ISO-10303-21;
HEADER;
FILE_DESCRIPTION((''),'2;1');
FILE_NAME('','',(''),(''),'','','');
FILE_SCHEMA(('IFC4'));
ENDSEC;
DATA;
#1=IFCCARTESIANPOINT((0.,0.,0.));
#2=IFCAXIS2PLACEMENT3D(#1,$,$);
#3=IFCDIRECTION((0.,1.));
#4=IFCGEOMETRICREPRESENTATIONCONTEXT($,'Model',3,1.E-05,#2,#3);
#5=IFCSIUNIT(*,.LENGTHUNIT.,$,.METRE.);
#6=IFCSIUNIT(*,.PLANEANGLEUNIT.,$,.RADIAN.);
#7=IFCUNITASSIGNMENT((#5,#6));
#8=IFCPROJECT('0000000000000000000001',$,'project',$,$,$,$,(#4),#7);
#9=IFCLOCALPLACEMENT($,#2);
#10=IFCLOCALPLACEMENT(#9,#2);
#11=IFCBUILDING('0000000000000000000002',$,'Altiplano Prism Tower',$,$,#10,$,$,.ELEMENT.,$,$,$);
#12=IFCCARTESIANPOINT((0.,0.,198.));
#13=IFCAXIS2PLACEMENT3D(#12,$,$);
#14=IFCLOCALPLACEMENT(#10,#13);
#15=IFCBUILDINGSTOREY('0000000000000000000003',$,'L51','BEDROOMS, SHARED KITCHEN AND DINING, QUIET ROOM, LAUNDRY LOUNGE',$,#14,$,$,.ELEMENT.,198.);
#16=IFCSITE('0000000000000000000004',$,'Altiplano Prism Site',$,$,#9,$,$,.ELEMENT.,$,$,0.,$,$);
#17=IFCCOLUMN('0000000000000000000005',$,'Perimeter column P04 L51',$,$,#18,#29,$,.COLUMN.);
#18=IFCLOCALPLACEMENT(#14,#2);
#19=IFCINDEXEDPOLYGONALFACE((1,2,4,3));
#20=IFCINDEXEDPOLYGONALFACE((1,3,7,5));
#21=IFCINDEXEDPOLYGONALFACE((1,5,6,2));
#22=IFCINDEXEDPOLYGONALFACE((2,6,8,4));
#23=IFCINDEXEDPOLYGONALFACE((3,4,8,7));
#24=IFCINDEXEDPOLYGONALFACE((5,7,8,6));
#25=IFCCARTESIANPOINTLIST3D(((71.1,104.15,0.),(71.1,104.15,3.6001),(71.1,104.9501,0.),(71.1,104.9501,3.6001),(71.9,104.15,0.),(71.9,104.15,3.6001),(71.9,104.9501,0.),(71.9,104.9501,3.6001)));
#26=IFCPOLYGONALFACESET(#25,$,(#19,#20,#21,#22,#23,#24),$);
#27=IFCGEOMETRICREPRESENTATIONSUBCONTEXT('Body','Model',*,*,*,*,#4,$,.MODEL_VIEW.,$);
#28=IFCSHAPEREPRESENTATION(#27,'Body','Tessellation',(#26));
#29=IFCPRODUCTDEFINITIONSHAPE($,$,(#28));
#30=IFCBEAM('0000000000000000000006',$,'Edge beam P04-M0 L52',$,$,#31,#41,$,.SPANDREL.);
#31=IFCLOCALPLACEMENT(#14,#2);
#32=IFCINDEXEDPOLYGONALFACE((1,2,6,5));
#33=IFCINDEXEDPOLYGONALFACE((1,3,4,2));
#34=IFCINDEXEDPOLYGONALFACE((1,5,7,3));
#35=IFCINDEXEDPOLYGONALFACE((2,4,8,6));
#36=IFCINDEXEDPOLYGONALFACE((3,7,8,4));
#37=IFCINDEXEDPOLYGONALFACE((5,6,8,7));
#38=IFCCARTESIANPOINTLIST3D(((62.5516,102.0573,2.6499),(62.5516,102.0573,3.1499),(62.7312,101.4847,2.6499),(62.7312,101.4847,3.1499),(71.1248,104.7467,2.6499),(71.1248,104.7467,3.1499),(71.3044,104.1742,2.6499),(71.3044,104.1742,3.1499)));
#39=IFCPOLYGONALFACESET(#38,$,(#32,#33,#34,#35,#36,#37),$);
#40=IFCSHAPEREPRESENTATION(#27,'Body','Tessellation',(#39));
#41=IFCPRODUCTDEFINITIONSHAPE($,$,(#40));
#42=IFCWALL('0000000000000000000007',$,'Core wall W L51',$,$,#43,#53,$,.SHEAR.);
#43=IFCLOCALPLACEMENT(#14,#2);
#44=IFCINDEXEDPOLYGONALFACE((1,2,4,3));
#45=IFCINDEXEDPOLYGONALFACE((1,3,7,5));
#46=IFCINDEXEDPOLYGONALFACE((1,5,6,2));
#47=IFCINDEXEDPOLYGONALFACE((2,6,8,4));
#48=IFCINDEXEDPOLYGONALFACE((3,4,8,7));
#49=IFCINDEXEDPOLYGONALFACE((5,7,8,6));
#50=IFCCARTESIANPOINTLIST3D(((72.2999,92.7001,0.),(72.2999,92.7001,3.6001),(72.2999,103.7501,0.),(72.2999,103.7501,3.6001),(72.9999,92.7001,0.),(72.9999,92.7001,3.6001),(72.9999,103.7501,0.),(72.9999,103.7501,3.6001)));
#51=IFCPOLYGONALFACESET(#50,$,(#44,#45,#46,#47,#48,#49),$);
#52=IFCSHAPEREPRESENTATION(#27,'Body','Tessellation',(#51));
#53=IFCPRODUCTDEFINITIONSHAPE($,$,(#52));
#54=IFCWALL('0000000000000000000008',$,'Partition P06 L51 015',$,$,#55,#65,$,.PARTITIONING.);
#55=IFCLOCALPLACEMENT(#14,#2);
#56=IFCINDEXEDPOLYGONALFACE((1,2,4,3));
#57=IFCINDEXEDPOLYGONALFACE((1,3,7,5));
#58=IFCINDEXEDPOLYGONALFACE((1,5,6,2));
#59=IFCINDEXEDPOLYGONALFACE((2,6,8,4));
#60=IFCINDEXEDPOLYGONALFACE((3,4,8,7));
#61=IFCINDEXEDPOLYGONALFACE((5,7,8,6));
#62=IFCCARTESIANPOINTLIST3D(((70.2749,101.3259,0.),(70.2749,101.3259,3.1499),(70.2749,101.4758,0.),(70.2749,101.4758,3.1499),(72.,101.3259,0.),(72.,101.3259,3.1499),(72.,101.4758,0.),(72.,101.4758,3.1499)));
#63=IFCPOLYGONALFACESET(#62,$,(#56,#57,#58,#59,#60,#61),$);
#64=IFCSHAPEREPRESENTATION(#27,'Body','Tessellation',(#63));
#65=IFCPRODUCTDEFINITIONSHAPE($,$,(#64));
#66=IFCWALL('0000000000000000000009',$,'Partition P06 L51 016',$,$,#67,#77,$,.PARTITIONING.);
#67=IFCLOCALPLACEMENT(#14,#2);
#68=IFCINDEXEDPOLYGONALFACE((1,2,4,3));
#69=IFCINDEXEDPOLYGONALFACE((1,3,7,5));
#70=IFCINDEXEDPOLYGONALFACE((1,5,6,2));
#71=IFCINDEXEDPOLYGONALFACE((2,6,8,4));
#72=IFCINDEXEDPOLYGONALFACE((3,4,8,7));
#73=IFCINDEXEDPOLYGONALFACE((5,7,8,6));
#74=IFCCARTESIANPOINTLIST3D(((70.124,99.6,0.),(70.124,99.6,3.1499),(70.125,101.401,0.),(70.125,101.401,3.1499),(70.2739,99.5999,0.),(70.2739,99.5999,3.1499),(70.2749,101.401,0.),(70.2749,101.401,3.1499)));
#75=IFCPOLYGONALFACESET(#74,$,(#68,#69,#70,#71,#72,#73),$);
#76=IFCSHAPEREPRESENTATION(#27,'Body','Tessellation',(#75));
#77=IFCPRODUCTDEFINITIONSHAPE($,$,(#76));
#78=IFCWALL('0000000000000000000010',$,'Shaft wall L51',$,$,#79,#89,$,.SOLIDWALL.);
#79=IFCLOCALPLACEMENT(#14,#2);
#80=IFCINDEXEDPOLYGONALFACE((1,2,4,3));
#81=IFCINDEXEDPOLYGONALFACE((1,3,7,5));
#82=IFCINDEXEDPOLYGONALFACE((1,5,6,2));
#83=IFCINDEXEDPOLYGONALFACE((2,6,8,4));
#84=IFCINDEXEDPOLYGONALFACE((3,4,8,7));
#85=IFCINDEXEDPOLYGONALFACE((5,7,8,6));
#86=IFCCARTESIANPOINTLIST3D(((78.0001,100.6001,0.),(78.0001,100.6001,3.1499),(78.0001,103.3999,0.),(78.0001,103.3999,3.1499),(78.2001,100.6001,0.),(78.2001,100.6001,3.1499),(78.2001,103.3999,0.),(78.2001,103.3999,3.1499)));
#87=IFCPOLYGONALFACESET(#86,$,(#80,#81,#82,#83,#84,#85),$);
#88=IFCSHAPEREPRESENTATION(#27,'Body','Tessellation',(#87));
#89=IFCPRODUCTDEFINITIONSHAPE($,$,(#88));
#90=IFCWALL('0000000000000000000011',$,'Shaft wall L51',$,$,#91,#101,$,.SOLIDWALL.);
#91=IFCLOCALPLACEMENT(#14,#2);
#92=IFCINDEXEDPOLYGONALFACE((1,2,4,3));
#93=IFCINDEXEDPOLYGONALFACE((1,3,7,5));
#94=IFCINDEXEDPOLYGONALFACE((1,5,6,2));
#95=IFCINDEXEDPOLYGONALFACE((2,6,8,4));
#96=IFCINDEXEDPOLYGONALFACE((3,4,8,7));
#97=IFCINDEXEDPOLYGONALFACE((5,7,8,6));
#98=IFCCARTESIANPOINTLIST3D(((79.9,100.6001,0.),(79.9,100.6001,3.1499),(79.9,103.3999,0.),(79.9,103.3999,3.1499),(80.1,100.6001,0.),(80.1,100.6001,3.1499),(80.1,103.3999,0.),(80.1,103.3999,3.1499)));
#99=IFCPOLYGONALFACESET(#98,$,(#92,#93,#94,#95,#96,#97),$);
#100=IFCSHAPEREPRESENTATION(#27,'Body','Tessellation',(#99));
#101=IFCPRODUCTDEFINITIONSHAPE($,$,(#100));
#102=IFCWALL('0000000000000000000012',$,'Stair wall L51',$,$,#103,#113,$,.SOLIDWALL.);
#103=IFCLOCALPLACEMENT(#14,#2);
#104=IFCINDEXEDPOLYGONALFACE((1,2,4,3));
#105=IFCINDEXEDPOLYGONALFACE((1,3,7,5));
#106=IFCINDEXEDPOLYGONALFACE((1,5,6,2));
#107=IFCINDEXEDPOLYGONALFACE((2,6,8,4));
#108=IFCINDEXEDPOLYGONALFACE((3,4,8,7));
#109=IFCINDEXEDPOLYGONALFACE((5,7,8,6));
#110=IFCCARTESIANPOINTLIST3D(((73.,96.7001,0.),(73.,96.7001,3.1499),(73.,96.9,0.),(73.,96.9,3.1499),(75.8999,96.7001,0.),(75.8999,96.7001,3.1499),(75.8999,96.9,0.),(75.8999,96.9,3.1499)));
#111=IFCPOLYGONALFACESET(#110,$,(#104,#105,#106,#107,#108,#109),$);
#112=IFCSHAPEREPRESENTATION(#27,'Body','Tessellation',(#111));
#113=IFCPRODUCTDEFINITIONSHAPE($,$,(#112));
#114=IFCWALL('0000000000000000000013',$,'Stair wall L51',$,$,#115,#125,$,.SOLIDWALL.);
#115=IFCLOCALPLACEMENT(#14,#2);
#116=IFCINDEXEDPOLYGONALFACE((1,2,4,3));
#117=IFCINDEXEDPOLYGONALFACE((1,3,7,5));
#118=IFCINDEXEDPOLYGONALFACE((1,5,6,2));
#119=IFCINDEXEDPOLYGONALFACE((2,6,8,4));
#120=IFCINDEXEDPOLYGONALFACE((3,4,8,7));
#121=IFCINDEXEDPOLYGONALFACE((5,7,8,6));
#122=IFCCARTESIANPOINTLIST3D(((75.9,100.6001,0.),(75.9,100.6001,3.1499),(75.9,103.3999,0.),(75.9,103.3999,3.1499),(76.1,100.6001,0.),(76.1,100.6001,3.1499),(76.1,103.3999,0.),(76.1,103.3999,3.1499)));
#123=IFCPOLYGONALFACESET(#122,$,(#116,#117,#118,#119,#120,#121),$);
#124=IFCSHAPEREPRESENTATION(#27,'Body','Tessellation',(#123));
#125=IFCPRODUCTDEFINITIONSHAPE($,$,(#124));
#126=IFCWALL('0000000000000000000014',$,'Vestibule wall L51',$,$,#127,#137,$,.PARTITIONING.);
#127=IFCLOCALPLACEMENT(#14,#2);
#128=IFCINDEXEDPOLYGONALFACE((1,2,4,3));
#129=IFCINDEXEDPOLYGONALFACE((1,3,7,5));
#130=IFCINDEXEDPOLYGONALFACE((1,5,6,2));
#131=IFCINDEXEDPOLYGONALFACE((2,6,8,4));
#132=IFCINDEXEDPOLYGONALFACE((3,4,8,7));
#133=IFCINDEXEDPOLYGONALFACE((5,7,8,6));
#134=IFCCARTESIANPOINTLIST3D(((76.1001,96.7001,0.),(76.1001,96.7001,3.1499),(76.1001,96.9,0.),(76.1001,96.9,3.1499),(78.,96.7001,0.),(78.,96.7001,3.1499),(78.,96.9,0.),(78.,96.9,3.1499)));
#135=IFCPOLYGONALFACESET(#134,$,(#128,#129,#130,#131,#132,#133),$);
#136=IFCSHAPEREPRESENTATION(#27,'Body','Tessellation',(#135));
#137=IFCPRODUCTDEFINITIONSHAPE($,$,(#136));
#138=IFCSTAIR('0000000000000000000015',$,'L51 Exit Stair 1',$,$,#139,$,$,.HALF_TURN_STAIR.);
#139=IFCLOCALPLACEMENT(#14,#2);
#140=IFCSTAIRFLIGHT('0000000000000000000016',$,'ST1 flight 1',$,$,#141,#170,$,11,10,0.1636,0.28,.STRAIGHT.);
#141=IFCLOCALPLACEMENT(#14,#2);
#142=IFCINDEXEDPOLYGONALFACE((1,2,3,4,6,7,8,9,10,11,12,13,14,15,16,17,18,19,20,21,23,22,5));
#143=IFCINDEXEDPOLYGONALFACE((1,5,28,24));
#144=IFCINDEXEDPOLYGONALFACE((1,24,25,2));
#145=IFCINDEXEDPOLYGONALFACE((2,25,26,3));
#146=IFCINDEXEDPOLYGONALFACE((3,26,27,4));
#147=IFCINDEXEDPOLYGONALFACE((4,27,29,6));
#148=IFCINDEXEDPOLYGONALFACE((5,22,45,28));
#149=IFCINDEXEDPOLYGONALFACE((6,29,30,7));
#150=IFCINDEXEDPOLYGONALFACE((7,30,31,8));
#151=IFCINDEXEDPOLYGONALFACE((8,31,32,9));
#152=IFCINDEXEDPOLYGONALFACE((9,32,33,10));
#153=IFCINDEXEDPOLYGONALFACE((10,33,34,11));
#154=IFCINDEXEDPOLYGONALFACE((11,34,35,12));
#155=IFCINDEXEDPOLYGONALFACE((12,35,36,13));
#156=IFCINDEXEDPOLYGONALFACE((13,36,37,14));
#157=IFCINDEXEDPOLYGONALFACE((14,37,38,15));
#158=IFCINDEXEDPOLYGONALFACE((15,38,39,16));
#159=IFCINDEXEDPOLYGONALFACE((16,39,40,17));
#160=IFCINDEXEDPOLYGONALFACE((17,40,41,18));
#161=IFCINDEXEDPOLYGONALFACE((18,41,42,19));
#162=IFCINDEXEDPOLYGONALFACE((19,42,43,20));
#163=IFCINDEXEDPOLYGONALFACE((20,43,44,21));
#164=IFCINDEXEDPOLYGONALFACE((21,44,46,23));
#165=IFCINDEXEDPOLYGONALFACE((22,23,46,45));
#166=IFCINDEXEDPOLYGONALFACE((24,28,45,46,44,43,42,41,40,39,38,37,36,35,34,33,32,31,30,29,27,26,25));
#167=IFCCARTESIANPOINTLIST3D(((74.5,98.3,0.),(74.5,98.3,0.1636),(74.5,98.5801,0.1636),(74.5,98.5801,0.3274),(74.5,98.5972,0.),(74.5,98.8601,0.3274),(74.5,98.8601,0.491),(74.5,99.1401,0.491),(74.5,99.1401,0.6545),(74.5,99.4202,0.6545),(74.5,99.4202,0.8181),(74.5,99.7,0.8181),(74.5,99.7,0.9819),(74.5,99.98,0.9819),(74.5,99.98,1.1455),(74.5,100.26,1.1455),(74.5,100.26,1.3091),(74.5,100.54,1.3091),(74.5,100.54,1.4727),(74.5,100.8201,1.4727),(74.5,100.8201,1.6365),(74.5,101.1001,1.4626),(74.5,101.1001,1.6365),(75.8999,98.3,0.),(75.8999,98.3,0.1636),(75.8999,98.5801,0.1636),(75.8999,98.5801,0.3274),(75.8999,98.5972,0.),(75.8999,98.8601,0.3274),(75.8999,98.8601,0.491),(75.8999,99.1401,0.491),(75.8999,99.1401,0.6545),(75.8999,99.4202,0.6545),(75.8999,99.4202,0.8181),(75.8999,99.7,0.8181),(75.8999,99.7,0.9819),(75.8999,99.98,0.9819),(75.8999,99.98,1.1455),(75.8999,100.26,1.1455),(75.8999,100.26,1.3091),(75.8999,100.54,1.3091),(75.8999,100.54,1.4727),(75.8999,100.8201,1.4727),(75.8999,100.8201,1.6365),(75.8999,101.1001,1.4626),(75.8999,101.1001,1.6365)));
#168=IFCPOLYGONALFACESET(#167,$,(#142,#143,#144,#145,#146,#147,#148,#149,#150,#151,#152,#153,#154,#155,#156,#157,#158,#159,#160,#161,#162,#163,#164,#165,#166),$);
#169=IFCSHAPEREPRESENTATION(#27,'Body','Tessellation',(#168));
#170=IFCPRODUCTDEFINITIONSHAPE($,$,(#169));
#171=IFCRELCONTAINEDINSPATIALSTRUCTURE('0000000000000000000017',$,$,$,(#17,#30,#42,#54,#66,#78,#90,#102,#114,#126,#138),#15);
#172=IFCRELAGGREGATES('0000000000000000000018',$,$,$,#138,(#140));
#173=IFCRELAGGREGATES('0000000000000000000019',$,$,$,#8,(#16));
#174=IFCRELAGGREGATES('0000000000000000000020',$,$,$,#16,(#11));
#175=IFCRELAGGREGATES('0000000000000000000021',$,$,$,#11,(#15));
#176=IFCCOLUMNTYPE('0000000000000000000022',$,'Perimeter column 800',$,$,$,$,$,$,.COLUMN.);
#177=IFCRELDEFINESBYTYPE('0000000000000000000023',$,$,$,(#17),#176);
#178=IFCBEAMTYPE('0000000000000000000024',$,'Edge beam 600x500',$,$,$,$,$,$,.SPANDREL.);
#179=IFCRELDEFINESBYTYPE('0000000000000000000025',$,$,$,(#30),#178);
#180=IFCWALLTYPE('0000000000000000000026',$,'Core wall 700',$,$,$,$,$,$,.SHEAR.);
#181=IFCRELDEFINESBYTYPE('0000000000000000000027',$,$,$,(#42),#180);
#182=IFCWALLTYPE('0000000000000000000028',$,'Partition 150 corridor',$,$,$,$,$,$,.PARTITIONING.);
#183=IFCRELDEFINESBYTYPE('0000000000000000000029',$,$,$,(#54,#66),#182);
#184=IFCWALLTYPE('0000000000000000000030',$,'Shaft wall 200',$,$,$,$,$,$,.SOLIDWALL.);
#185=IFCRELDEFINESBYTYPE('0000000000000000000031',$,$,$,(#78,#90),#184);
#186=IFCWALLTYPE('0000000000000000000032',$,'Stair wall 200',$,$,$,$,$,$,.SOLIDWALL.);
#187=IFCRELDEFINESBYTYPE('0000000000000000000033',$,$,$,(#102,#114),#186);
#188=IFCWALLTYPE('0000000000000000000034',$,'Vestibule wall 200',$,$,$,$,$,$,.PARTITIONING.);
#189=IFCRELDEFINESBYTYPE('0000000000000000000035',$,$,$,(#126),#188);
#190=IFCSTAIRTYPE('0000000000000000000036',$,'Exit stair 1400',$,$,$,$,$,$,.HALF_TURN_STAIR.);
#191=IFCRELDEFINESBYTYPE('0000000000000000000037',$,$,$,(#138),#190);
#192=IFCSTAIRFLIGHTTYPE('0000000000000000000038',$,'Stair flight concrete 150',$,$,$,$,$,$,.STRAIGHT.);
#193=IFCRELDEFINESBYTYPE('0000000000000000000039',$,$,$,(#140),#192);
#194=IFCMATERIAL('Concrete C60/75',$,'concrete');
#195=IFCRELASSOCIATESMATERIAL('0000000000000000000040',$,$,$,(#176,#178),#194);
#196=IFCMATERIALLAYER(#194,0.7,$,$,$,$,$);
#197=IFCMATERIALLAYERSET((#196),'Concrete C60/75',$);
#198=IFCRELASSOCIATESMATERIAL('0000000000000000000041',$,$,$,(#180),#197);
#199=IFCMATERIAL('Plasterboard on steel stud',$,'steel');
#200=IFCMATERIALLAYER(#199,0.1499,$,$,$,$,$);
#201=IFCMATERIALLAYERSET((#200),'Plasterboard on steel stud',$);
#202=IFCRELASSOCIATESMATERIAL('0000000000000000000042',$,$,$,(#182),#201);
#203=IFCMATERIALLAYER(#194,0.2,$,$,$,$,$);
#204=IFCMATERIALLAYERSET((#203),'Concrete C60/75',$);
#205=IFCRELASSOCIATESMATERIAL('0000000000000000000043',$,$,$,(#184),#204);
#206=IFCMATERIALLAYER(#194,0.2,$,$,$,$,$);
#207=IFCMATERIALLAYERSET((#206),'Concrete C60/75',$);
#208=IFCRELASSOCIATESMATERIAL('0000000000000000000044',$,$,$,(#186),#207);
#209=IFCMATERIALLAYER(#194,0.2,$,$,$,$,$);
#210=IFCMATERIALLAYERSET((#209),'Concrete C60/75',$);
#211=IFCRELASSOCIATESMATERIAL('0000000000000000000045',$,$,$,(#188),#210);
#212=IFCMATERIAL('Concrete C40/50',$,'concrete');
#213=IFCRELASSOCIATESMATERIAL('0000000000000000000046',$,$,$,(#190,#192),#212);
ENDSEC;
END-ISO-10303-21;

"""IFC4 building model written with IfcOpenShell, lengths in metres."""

from ifc_helpers import new_model, si_unit, direction, frame, frame_2d, origin, origin_2d, place, context, subcontext, project, spatial, polyline, rectangle, outline, extrude, material, layer, layer_set, material_profile, profile_set, type_object, element, aggregate, save


model = new_model("IFC4")

# Units and contexts
model_context = context("Model", 3, precision=1e-05, world=origin(), true_north=direction((0.0, 1.0)))
body_context = subcontext(model_context, "Body", "Model", "MODEL_VIEW")
ifc_project = project(units=[si_unit("LENGTHUNIT", "METRE"), si_unit("PLANEANGLEUNIT", "RADIAN")], contexts=[model_context])

# Site, building, storey
site_placement = place(None, origin())
site = spatial("IfcSite", under=ifc_project, at=site_placement, Name="Altiplano Prism Site", CompositionType="ELEMENT", RefElevation=0.0)
building_placement = place(site_placement, origin())
building = spatial("IfcBuilding", under=site, at=building_placement, Name="Altiplano Prism Tower", CompositionType="ELEMENT")
storey_placement = place(building_placement, frame((0.0, 0.0, 198.0)))
storey = spatial("IfcBuildingStorey", under=building, at=storey_placement, Name="L51", Description="BEDROOMS, SHARED KITCHEN AND DINING, QUIET ROOM, LAUNDRY LOUNGE", CompositionType="ELEMENT", Elevation=198.0)

# Column
ifc_material_1 = material(Name="Concrete C60/75", Category="concrete")
ifc_material_profile_1 = material_profile(ifc_material_1, rectangle(XDim=0.8, YDim=0.8, at=origin_2d()), Name="Perimeter column 800")
ifc_profile_set_1 = profile_set([ifc_material_profile_1], Name="Concrete C60/75")
column_type = type_object("IfcColumnType", Name="Perimeter column 800", PredefinedType="COLUMN", material=ifc_profile_set_1)
column_placement = place(storey_placement, frame((71.5, 104.55, 0.0), z_axis=(0.0, 0.0, 1.0), x_axis=(1.0, 0.0, 0.0)))
element("IfcColumn", 1, at=column_placement, inside=storey, type_object=column_type, Name="Perimeter column P04 L51", PredefinedType="COLUMN", context=body_context, shape_type="SweptSolid", body=[
    extrude(rectangle(XDim=0.8, YDim=0.8, at=origin_2d()), origin(), (0.0, 0.0, 1.0), 3.6001),
])

# Beam
ifc_material_profile_2 = material_profile(ifc_material_1, rectangle(XDim=0.6001, YDim=0.5, at=origin_2d()), Name="Edge beam 600x500")
ifc_profile_set_2 = profile_set([ifc_material_profile_2], Name="Concrete C60/75")
beam_type = type_object("IfcBeamType", Name="Edge beam 600x500", PredefinedType="SPANDREL", material=ifc_profile_set_2)
beam_placement = place(storey_placement, frame((71.2146, 104.4604, 2.8999), z_axis=(-0.954153, -0.299321, 0.0), x_axis=(0.299321, -0.954153, 0.0)))
element("IfcBeam", 2, at=beam_placement, inside=storey, type_object=beam_type, Name="Edge beam P04-M0 L52", PredefinedType="SPANDREL", context=body_context, shape_type="SweptSolid", body=[
    extrude(rectangle(XDim=0.6001, YDim=0.5, at=origin_2d()), origin(), (0.0, 0.0, 1.0), 8.9851),
])

# Walls
ifc_layer_1 = layer(ifc_material_1, 0.7)
ifc_layer_set_1 = layer_set([ifc_layer_1], Name="Concrete C60/75")
wall_type_1 = type_object("IfcWallType", Name="Core wall 700", PredefinedType="SHEAR", material=ifc_layer_set_1)
wall_1_placement = place(storey_placement, frame((72.6499, 103.75, 0.0), z_axis=(0.0, 0.0, 1.0), x_axis=(0.0, -1.0, 0.0)))
element("IfcWall", 3, at=wall_1_placement, inside=storey, type_object=wall_type_1, Name="Core wall W L51", PredefinedType="SHEAR", context=body_context, shape_type="SweptSolid", body=[
    extrude(rectangle(XDim=11.05, YDim=0.7, at=frame_2d((5.5249, 0.0))), origin(), (0.0, 0.0, 1.0), 3.6001),
])
ifc_material_2 = material(Name="Plasterboard on steel stud", Category="steel")
ifc_layer_2 = layer(ifc_material_2, 0.1499)
ifc_layer_set_2 = layer_set([ifc_layer_2], Name="Plasterboard on steel stud")
wall_type_2 = type_object("IfcWallType", Name="Partition 150 corridor", PredefinedType="PARTITIONING", material=ifc_layer_set_2)
wall_2_placement = place(storey_placement, frame((72.0, 101.4009, 0.0), z_axis=(0.0, 0.0, 1.0), x_axis=(-1.0, 0.0, 0.0)))
element("IfcWall", 4, at=wall_2_placement, inside=storey, type_object=wall_type_2, Name="Partition P06 L51 015", PredefinedType="PARTITIONING", context=body_context, shape_type="SweptSolid", body=[
    extrude(rectangle(XDim=1.7251, YDim=0.1499, at=frame_2d((0.8625, 0.0))), origin(), (0.0, 0.0, 1.0), 3.1499),
])
wall_3_placement = place(storey_placement, frame((70.2, 101.4009, 0.0), z_axis=(0.0, 0.0, 1.0), x_axis=(-0.000542, -1.0, 0.0)))
element("IfcWall", 5, at=wall_3_placement, inside=storey, type_object=wall_type_2, Name="Partition P06 L51 016", PredefinedType="PARTITIONING", context=body_context, shape_type="SweptSolid", body=[
    extrude(rectangle(XDim=1.801, YDim=0.1499, at=frame_2d((0.9004, 0.0))), origin(), (0.0, 0.0, 1.0), 3.1499),
])
ifc_layer_3 = layer(ifc_material_1, 0.2)
ifc_layer_set_3 = layer_set([ifc_layer_3], Name="Concrete C60/75")
wall_type_3 = type_object("IfcWallType", Name="Shaft wall 200", PredefinedType="SOLIDWALL", material=ifc_layer_set_3)
for number, where, z_axis, x_axis, name in (
    (6, (78.1001, 100.6001, 0.0), (0.0, 0.0, 1.0), (0.0, 1.0, 0.0), "Shaft wall L51"),
    (7, (80.0, 100.6001, 0.0), (0.0, 0.0, 1.0), (0.0, 1.0, 0.0), "Shaft wall L51"),
):
    element("IfcWall", number, at=place(storey_placement, frame(where, z_axis=z_axis, x_axis=x_axis)), inside=storey, type_object=wall_type_3, Name=name, PredefinedType="SOLIDWALL", context=body_context, shape_type="SweptSolid", body=[
        extrude(rectangle(XDim=2.7998, YDim=0.2, at=frame_2d((1.3999, 0.0))), origin(), (0.0, 0.0, 1.0), 3.1499),
    ])
ifc_layer_4 = layer(ifc_material_1, 0.2)
ifc_layer_set_4 = layer_set([ifc_layer_4], Name="Concrete C60/75")
wall_type_4 = type_object("IfcWallType", Name="Stair wall 200", PredefinedType="SOLIDWALL", material=ifc_layer_set_4)
wall_4_placement = place(storey_placement, frame((73.0, 96.8, 0.0), z_axis=(0.0, 0.0, 1.0), x_axis=(1.0, 0.0, 0.0)))
element("IfcWall", 8, at=wall_4_placement, inside=storey, type_object=wall_type_4, Name="Stair wall L51", PredefinedType="SOLIDWALL", context=body_context, shape_type="SweptSolid", body=[
    extrude(rectangle(XDim=2.8999, YDim=0.2, at=frame_2d((1.45, 0.0))), origin(), (0.0, 0.0, 1.0), 3.1499),
])

# Walls
wall_5_placement = place(storey_placement, frame((76.0, 100.6001, 0.0), z_axis=(0.0, 0.0, 1.0), x_axis=(0.0, 1.0, 0.0)))
element("IfcWall", 9, at=wall_5_placement, inside=storey, type_object=wall_type_4, Name="Stair wall L51", PredefinedType="SOLIDWALL", context=body_context, shape_type="SweptSolid", body=[
    extrude(rectangle(XDim=2.7998, YDim=0.2, at=frame_2d((1.3999, 0.0))), origin(), (0.0, 0.0, 1.0), 3.1499),
])
ifc_layer_5 = layer(ifc_material_1, 0.2)
ifc_layer_set_5 = layer_set([ifc_layer_5], Name="Concrete C60/75")
wall_type_5 = type_object("IfcWallType", Name="Vestibule wall 200", PredefinedType="PARTITIONING", material=ifc_layer_set_5)
wall_6_placement = place(storey_placement, frame((76.1001, 96.8, 0.0), z_axis=(0.0, 0.0, 1.0), x_axis=(1.0, 0.0, 0.0)))
element("IfcWall", 10, at=wall_6_placement, inside=storey, type_object=wall_type_5, Name="Vestibule wall L51", PredefinedType="PARTITIONING", context=body_context, shape_type="SweptSolid", body=[
    extrude(rectangle(XDim=1.8999, YDim=0.2, at=frame_2d((0.95, 0.0))), origin(), (0.0, 0.0, 1.0), 3.1499),
])

# Stair, stair flight
ifc_material_3 = material(Name="Concrete C40/50", Category="concrete")
stair_type = type_object("IfcStairType", Name="Exit stair 1400", PredefinedType="HALF_TURN_STAIR", material=ifc_material_3)
stair_placement = place(storey_placement, origin())
stair = element("IfcStair", 11, at=stair_placement, inside=storey, type_object=stair_type, Name="L51 Exit Stair 1", PredefinedType="HALF_TURN_STAIR")
stair_flight_type = type_object("IfcStairFlightType", Name="Stair flight concrete 150", PredefinedType="STRAIGHT", material=ifc_material_3)
stair_flight_1_placement = place(storey_placement, frame((75.2, 98.3, 0.0), z_axis=(0.0, 0.0, 1.0), x_axis=(0.0, 1.0, 0.0)))
stair_flight_1 = element("IfcStairFlight", 12, at=stair_flight_1_placement, type_object=stair_flight_type, Name="ST1 flight 1", NumberOfRisers=11, NumberOfTreads=10, PredefinedType="STRAIGHT", RiserHeight=0.1636, TreadLength=0.28, context=body_context, shape_type="SweptSolid", body=[
    extrude(outline(polyline([(0.0, 0.0), (0.0, 0.1636), (0.28, 0.1636), (0.28, 0.3274), (0.5601, 0.3274), (0.5601, 0.491), (0.8401, 0.491), (0.8401, 0.6545), (1.1201, 0.6545), (1.1201, 0.8181), (1.3999, 0.8181), (1.3999, 0.9819), (1.6799, 0.9819), (1.6799, 1.1455), (1.96, 1.1455), (1.96, 1.3091), (2.24, 1.3091), (2.24, 1.4727), (2.52, 1.4727), (2.52, 1.6365), (2.8, 1.6365), (2.8, 1.8), (2.8, 1.4626), (0.2971, 0.0), (0.0, 0.0)])), frame((0.0, 0.7, 0.0), z_axis=(0.0, -1.0, 0.0), x_axis=(1.0, 0.0, 0.0)), (0.0, 0.0, 1.0), 1.3999),
])
aggregate(stair, [stair_flight_1])

save(model, "model.ifc")
